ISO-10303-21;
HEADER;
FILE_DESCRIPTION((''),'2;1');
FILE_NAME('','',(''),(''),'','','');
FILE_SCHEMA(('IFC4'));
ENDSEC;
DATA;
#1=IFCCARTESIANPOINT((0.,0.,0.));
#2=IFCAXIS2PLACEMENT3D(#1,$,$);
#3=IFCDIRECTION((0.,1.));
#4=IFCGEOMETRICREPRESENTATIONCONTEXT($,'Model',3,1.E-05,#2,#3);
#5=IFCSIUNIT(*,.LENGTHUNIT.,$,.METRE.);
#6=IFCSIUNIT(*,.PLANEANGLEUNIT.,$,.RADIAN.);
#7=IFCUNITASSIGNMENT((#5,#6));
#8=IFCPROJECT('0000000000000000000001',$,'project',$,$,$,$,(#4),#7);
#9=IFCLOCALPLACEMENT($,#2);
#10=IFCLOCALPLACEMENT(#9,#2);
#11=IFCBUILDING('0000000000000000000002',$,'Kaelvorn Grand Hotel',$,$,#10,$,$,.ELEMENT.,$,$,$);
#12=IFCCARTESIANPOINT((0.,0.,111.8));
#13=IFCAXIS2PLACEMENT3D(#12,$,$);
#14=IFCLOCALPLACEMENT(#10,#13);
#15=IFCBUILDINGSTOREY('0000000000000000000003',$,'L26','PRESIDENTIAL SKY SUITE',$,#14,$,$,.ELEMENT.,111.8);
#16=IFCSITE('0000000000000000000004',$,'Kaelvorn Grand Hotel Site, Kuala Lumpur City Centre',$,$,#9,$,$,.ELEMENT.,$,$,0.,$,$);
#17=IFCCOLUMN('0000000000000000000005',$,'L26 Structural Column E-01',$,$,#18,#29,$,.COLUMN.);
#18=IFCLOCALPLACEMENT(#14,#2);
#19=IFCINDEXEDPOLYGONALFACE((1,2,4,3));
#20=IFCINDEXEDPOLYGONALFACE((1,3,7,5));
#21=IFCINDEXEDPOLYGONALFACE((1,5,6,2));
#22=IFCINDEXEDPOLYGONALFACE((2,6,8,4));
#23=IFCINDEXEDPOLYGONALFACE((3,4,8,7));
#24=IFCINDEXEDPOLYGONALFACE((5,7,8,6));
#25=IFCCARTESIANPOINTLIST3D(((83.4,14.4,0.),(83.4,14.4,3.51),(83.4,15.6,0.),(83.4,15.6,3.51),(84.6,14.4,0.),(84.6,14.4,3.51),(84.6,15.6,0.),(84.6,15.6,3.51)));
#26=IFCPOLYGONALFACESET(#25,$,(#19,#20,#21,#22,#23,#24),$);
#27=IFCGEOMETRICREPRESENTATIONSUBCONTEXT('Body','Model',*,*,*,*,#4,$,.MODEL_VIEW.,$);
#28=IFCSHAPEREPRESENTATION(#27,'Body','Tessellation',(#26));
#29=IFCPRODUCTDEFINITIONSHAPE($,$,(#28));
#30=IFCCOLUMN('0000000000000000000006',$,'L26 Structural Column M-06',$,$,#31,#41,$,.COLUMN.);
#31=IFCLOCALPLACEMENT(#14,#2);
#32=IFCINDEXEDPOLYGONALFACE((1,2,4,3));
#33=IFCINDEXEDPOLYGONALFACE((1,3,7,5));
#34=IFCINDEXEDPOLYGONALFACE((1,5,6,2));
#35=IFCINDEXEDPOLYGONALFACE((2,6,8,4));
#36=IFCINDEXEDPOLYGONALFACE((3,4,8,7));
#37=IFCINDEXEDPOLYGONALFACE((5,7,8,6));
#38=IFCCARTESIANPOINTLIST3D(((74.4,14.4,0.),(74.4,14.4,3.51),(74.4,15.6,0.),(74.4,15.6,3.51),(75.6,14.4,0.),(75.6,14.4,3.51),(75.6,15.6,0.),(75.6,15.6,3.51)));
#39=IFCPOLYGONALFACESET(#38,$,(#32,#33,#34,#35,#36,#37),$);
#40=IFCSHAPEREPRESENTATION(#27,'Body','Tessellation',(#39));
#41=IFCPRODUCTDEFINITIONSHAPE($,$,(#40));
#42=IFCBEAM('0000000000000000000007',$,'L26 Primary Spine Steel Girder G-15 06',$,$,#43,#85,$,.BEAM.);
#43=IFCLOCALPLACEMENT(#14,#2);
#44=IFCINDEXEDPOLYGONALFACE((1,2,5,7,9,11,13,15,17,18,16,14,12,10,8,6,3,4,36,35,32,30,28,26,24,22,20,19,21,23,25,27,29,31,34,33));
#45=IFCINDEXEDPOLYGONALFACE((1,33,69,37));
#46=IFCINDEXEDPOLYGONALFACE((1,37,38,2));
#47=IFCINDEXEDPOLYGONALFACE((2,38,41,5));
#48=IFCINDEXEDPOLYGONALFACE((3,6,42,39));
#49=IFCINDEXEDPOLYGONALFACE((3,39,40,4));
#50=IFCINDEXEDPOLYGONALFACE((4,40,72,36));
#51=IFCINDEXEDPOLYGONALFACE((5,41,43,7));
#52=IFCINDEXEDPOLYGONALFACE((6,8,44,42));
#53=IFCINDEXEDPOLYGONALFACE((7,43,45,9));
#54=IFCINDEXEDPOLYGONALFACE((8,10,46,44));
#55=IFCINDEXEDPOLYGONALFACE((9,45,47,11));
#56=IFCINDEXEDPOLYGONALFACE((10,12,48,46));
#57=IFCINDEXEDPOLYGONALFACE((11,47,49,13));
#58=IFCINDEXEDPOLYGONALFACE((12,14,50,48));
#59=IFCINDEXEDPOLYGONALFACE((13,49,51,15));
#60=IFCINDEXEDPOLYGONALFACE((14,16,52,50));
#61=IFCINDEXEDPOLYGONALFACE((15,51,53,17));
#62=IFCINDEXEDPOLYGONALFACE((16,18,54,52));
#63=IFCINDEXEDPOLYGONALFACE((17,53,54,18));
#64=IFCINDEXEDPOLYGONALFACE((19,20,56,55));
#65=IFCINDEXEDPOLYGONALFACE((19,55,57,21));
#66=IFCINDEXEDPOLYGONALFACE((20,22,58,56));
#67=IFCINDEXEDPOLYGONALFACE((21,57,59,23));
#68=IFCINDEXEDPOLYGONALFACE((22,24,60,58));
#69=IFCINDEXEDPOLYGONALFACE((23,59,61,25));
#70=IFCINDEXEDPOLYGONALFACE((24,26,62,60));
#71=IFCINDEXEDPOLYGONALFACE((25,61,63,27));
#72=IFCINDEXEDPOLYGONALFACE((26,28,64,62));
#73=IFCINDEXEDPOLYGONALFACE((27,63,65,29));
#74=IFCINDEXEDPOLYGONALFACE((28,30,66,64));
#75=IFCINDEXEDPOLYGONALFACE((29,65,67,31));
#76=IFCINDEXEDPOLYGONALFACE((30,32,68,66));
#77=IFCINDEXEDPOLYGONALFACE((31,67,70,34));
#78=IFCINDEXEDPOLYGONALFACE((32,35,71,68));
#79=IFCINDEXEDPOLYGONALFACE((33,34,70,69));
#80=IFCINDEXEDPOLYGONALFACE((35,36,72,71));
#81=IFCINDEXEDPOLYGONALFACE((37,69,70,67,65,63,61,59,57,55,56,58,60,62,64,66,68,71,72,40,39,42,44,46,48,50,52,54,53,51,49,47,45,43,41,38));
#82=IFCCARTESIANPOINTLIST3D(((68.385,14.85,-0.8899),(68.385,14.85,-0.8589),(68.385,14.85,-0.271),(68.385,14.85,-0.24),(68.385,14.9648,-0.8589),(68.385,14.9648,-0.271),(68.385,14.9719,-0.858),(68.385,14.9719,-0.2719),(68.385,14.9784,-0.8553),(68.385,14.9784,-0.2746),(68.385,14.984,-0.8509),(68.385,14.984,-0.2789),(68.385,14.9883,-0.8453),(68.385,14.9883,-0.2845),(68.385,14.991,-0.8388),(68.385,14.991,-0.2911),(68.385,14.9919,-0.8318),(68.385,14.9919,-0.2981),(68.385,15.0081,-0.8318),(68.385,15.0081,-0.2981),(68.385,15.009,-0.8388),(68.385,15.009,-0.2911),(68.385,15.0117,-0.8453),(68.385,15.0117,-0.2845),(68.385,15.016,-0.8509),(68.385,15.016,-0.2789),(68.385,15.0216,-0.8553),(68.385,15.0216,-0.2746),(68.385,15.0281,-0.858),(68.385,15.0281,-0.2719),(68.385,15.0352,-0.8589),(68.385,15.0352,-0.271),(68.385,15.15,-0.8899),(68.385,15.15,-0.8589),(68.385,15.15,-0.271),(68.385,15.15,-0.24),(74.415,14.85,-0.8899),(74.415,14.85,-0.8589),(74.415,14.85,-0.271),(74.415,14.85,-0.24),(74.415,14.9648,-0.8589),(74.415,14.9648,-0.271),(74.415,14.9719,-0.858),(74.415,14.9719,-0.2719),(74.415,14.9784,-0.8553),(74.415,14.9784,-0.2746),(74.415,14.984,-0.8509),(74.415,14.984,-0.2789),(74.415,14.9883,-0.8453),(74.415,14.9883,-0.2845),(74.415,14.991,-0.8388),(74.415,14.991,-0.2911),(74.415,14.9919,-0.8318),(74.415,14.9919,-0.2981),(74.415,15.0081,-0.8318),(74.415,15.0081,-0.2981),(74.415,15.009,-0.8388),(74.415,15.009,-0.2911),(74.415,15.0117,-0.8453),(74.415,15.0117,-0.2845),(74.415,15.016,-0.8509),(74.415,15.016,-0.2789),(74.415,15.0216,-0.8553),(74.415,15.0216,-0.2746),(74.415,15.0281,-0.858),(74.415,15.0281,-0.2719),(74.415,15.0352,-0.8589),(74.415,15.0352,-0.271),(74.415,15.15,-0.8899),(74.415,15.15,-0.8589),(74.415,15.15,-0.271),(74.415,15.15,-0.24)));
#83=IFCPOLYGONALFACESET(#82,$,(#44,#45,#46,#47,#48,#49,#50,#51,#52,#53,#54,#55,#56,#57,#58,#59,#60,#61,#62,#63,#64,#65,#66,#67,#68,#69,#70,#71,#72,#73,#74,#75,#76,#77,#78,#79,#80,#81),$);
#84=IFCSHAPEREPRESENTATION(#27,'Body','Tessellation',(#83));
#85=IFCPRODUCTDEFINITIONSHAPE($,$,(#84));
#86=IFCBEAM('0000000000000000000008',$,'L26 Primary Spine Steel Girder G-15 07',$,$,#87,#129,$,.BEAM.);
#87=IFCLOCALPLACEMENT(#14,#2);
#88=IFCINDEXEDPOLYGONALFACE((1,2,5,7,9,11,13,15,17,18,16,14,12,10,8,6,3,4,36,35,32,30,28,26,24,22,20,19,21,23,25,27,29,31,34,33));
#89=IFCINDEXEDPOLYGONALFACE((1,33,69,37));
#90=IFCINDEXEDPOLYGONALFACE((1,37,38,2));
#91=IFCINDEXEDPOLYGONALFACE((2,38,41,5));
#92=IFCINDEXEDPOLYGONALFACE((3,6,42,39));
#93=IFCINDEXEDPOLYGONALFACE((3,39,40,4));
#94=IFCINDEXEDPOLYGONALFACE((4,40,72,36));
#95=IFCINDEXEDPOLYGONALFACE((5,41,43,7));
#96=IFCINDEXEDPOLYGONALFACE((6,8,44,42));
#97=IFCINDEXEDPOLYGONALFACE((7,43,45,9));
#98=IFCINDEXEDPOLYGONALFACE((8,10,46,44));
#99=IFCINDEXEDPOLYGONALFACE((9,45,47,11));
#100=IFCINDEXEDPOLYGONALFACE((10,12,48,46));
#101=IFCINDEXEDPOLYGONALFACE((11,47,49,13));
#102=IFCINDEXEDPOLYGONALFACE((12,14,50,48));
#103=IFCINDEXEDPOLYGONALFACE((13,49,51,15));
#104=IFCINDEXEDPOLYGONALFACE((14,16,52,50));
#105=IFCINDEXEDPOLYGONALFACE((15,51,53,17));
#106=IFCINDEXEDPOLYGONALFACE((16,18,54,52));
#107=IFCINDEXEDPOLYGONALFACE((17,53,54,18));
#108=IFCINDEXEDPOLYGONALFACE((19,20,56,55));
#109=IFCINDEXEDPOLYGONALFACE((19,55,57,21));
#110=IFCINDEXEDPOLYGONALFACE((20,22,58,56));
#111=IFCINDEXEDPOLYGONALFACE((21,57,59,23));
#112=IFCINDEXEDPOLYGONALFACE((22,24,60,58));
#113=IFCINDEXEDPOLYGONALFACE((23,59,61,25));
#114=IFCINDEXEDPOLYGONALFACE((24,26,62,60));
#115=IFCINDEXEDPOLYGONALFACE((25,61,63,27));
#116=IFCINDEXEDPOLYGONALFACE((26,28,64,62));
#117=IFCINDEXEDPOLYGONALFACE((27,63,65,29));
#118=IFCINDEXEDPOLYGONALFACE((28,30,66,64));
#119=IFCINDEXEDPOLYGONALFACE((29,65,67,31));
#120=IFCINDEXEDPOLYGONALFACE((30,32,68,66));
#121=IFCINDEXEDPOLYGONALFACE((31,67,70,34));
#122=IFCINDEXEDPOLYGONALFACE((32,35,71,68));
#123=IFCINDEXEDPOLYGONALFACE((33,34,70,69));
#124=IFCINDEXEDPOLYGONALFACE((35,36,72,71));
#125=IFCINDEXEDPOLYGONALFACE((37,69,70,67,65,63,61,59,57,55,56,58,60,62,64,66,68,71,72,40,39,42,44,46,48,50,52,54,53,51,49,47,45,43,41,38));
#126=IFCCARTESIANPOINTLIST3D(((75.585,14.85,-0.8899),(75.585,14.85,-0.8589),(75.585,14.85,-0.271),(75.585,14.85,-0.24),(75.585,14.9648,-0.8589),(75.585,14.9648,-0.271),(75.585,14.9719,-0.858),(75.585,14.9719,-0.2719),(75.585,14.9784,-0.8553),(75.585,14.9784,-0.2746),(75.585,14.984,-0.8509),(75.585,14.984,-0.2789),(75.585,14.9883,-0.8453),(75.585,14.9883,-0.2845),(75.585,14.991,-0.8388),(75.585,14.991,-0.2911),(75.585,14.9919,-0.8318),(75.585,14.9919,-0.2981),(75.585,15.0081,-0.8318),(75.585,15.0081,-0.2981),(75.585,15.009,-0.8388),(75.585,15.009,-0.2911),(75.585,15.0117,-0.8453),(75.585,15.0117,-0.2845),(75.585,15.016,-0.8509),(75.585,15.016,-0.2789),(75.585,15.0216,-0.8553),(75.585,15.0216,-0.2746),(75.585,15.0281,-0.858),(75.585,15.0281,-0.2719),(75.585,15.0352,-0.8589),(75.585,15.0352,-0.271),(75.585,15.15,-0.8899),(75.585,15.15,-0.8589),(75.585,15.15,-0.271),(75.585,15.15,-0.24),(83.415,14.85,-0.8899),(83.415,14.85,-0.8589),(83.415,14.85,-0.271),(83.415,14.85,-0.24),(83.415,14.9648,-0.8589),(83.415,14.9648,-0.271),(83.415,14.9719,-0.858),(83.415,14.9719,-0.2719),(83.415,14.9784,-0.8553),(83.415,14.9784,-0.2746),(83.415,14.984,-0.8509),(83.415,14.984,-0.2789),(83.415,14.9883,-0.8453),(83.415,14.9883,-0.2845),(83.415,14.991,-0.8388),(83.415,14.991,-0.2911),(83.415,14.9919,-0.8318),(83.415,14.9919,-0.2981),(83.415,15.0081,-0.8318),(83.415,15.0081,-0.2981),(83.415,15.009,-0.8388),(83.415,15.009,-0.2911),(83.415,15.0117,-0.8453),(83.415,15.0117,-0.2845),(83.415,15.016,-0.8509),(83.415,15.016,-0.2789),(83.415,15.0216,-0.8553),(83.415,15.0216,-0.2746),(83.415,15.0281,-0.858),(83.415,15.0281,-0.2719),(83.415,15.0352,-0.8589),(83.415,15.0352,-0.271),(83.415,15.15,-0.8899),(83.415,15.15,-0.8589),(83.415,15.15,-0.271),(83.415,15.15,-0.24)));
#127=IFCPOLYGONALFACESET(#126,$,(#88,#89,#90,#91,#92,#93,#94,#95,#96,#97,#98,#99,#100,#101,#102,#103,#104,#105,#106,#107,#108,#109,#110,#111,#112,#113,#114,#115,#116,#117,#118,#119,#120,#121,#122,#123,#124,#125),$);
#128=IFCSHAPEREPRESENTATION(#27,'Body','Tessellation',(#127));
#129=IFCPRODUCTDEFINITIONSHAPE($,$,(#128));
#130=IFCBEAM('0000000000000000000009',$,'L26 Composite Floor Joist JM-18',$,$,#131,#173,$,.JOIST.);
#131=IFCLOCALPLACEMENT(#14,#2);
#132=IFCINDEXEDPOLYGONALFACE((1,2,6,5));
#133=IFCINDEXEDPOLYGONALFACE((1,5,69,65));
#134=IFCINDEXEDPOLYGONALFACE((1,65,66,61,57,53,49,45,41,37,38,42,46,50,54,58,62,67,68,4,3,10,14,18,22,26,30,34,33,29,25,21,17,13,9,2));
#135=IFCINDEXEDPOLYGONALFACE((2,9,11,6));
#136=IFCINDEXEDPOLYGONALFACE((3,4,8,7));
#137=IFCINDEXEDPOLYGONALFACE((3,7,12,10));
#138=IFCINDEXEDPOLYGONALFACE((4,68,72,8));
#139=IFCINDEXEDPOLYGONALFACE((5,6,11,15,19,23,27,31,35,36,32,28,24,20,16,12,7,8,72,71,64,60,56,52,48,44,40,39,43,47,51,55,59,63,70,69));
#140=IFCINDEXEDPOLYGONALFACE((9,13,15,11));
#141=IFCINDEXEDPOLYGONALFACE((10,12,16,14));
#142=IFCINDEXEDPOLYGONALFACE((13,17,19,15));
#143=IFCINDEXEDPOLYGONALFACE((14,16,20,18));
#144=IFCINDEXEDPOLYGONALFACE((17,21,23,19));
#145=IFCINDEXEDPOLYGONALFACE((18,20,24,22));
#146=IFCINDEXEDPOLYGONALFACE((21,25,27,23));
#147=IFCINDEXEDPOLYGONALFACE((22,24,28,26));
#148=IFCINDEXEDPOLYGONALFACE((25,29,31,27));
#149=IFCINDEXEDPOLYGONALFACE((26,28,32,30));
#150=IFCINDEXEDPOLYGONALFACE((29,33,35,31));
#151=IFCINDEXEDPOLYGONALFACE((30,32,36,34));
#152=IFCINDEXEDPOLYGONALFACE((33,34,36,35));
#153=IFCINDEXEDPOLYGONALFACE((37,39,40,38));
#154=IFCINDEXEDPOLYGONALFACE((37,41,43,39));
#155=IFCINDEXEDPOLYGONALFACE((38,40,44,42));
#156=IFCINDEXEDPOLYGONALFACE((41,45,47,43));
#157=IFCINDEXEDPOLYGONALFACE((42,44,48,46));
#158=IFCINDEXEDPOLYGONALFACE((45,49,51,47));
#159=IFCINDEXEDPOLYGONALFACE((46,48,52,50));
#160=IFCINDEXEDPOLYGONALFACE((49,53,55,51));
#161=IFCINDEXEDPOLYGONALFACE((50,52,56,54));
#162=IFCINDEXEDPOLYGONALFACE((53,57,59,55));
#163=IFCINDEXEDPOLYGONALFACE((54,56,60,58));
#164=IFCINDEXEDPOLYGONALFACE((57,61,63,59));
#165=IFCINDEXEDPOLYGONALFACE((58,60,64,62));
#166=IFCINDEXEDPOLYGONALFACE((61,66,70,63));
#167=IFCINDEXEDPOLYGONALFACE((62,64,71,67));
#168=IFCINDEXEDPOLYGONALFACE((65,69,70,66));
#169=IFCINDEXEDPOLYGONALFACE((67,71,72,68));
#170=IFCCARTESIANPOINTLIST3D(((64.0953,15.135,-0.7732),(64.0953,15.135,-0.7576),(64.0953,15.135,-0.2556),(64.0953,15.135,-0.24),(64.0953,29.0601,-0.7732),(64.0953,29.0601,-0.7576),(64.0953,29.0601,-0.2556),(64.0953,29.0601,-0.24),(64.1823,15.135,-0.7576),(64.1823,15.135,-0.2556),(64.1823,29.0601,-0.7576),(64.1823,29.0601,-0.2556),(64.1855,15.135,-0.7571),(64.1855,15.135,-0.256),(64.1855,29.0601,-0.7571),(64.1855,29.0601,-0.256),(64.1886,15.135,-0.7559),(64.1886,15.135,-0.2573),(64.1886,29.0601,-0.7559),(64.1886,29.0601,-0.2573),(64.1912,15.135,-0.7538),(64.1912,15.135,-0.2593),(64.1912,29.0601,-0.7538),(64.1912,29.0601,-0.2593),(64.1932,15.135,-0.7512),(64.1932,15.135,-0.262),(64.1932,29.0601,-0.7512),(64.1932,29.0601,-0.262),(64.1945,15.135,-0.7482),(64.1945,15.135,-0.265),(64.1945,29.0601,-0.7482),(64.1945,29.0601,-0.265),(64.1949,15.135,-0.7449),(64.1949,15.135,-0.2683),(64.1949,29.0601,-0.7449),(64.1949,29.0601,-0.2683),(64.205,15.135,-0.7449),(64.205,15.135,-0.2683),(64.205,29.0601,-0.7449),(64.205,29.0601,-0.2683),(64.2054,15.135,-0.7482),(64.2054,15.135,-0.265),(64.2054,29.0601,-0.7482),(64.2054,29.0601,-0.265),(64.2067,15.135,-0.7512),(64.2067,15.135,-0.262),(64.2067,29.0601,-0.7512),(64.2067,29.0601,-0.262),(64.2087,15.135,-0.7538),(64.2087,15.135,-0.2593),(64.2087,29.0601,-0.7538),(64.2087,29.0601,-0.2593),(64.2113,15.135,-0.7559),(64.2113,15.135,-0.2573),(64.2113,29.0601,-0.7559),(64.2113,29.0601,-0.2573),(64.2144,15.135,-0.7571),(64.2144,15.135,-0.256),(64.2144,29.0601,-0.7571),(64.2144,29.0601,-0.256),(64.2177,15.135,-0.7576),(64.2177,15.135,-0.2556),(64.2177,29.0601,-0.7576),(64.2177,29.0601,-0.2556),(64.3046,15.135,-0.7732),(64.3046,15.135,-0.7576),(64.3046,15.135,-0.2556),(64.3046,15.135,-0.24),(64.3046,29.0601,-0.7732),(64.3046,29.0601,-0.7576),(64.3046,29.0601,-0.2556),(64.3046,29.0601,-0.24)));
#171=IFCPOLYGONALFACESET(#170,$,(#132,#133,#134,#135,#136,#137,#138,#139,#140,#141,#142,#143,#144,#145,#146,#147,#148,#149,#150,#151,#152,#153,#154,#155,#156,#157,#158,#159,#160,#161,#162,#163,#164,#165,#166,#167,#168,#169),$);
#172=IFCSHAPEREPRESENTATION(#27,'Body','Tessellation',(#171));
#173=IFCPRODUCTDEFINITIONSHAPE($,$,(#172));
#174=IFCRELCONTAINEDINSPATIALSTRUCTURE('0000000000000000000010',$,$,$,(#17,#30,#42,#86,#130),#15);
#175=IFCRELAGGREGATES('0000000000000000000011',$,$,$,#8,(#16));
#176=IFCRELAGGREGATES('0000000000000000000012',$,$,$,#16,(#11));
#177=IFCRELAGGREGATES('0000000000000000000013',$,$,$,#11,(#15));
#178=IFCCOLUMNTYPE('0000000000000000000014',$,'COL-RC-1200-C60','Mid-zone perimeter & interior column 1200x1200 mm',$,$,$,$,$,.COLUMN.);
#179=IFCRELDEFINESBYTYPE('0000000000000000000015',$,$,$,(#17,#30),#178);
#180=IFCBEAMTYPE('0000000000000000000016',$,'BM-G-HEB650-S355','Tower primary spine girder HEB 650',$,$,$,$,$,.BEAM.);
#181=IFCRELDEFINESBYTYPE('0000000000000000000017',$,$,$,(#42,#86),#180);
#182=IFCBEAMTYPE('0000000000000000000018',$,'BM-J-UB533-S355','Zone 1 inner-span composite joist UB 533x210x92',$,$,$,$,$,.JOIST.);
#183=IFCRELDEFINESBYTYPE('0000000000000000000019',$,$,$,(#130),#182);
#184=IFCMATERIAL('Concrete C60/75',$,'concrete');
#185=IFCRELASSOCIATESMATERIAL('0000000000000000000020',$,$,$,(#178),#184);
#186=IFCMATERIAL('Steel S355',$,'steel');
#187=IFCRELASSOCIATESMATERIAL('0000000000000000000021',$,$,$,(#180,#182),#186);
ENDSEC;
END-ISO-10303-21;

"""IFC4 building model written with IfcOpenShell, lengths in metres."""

from ifc_helpers import new_model, si_unit, direction, frame, origin, origin_2d, place, context, subcontext, project, spatial, rectangle, i_section, extrude, material, material_profile, profile_set, type_object, element, save


model = new_model("IFC4")

# Units and contexts
model_context = context("Model", 3, precision=1e-05, world=origin(), true_north=direction((0.0, 1.0)))
body_context = subcontext(model_context, "Body", "Model", "MODEL_VIEW")
ifc_project = project(units=[si_unit("LENGTHUNIT", "METRE"), si_unit("PLANEANGLEUNIT", "RADIAN")], contexts=[model_context])

# Site, building, storey
site_placement = place(None, origin())
site = spatial("IfcSite", under=ifc_project, at=site_placement, Name="Kaelvorn Grand Hotel Site, Kuala Lumpur City Centre", CompositionType="ELEMENT", RefElevation=0.0)
building_placement = place(site_placement, origin())
building = spatial("IfcBuilding", under=site, at=building_placement, Name="Kaelvorn Grand Hotel", CompositionType="ELEMENT")
storey_placement = place(building_placement, frame((0.0, 0.0, 111.8)))
storey = spatial("IfcBuildingStorey", under=building, at=storey_placement, Name="L26", Description="PRESIDENTIAL SKY SUITE", CompositionType="ELEMENT", Elevation=111.8)

# Columns
ifc_material_1 = material(Name="Concrete C60/75", Category="concrete")
ifc_material_profile_1 = material_profile(ifc_material_1, rectangle(XDim=1.2, YDim=1.2, at=origin_2d()), Name="RC COL 1200x1200")
ifc_profile_set_1 = profile_set([ifc_material_profile_1], Name="Concrete C60/75")
column_type = type_object("IfcColumnType", Name="COL-RC-1200-C60", Description="Mid-zone perimeter & interior column 1200x1200 mm", PredefinedType="COLUMN", material=ifc_profile_set_1)
for number, where, z_axis, x_axis, name in (
    (1, (84.0, 15.0, 0.0), (0.0, 0.0, 1.0), (1.0, 0.0, 0.0), "L26 Structural Column E-01"),
    (2, (75.0, 15.0, 0.0), (0.0, 0.0, 1.0), (1.0, 0.0, 0.0), "L26 Structural Column M-06"),
):
    element("IfcColumn", number, at=place(storey_placement, frame(where, z_axis=z_axis, x_axis=x_axis)), inside=storey, type_object=column_type, Name=name, PredefinedType="COLUMN", context=body_context, shape_type="SweptSolid", body=[
        extrude(rectangle(XDim=1.2, YDim=1.2, at=origin_2d()), origin(), (0.0, 0.0, 1.0), 3.51),
    ])

# Beams
ifc_material_2 = material(Name="Steel S355", Category="steel")
ifc_material_profile_2 = material_profile(ifc_material_2, i_section(OverallWidth=0.3, OverallDepth=0.6499, WebThickness=0.0161, FlangeThickness=0.031, FilletRadius=0.0271, at=origin_2d()), Name="HEB 650")
ifc_profile_set_2 = profile_set([ifc_material_profile_2], Name="Steel S355")
beam_type_1 = type_object("IfcBeamType", Name="BM-G-HEB650-S355", Description="Tower primary spine girder HEB 650", PredefinedType="BEAM", material=ifc_profile_set_2)
beam_1_placement = place(storey_placement, frame((68.385, 15.0, -0.5649), z_axis=(1.0, 0.0, 0.0), x_axis=(0.0, 1.0, 0.0)))
element("IfcBeam", 3, at=beam_1_placement, inside=storey, type_object=beam_type_1, Name="L26 Primary Spine Steel Girder G-15 06", PredefinedType="BEAM", context=body_context, shape_type="SweptSolid", body=[
    extrude(i_section(OverallWidth=0.3, OverallDepth=0.6499, WebThickness=0.0161, FlangeThickness=0.031, FilletRadius=0.0271, at=origin_2d()), origin(), (0.0, 0.0, 1.0), 6.03),
])
beam_2_placement = place(storey_placement, frame((75.585, 15.0, -0.5649), z_axis=(1.0, 0.0, 0.0), x_axis=(0.0, 1.0, 0.0)))
element("IfcBeam", 4, at=beam_2_placement, inside=storey, type_object=beam_type_1, Name="L26 Primary Spine Steel Girder G-15 07", PredefinedType="BEAM", context=body_context, shape_type="SweptSolid", body=[
    extrude(i_section(OverallWidth=0.3, OverallDepth=0.6499, WebThickness=0.0161, FlangeThickness=0.031, FilletRadius=0.0271, at=origin_2d()), origin(), (0.0, 0.0, 1.0), 7.8301),
])
ifc_material_profile_3 = material_profile(ifc_material_2, i_section(OverallWidth=0.2092, OverallDepth=0.5332, WebThickness=0.01, FlangeThickness=0.0156, FilletRadius=0.0127, at=origin_2d()), Name="UB 533x210x92")
ifc_profile_set_3 = profile_set([ifc_material_profile_3], Name="Steel S355")
beam_type_2 = type_object("IfcBeamType", Name="BM-J-UB533-S355", Description="Zone 1 inner-span composite joist UB 533x210x92", PredefinedType="JOIST", material=ifc_profile_set_3)
beam_3_placement = place(storey_placement, frame((64.2, 15.135, -0.5066), z_axis=(0.0, 1.0, 0.0), x_axis=(-1.0, 0.0, 0.0)))
element("IfcBeam", 5, at=beam_3_placement, inside=storey, type_object=beam_type_2, Name="L26 Composite Floor Joist JM-18", PredefinedType="JOIST", context=body_context, shape_type="SweptSolid", body=[
    extrude(i_section(OverallWidth=0.2092, OverallDepth=0.5332, WebThickness=0.01, FlangeThickness=0.0156, FilletRadius=0.0127, at=origin_2d()), origin(), (0.0, 0.0, 1.0), 13.925),
])

save(model, "model.ifc")
